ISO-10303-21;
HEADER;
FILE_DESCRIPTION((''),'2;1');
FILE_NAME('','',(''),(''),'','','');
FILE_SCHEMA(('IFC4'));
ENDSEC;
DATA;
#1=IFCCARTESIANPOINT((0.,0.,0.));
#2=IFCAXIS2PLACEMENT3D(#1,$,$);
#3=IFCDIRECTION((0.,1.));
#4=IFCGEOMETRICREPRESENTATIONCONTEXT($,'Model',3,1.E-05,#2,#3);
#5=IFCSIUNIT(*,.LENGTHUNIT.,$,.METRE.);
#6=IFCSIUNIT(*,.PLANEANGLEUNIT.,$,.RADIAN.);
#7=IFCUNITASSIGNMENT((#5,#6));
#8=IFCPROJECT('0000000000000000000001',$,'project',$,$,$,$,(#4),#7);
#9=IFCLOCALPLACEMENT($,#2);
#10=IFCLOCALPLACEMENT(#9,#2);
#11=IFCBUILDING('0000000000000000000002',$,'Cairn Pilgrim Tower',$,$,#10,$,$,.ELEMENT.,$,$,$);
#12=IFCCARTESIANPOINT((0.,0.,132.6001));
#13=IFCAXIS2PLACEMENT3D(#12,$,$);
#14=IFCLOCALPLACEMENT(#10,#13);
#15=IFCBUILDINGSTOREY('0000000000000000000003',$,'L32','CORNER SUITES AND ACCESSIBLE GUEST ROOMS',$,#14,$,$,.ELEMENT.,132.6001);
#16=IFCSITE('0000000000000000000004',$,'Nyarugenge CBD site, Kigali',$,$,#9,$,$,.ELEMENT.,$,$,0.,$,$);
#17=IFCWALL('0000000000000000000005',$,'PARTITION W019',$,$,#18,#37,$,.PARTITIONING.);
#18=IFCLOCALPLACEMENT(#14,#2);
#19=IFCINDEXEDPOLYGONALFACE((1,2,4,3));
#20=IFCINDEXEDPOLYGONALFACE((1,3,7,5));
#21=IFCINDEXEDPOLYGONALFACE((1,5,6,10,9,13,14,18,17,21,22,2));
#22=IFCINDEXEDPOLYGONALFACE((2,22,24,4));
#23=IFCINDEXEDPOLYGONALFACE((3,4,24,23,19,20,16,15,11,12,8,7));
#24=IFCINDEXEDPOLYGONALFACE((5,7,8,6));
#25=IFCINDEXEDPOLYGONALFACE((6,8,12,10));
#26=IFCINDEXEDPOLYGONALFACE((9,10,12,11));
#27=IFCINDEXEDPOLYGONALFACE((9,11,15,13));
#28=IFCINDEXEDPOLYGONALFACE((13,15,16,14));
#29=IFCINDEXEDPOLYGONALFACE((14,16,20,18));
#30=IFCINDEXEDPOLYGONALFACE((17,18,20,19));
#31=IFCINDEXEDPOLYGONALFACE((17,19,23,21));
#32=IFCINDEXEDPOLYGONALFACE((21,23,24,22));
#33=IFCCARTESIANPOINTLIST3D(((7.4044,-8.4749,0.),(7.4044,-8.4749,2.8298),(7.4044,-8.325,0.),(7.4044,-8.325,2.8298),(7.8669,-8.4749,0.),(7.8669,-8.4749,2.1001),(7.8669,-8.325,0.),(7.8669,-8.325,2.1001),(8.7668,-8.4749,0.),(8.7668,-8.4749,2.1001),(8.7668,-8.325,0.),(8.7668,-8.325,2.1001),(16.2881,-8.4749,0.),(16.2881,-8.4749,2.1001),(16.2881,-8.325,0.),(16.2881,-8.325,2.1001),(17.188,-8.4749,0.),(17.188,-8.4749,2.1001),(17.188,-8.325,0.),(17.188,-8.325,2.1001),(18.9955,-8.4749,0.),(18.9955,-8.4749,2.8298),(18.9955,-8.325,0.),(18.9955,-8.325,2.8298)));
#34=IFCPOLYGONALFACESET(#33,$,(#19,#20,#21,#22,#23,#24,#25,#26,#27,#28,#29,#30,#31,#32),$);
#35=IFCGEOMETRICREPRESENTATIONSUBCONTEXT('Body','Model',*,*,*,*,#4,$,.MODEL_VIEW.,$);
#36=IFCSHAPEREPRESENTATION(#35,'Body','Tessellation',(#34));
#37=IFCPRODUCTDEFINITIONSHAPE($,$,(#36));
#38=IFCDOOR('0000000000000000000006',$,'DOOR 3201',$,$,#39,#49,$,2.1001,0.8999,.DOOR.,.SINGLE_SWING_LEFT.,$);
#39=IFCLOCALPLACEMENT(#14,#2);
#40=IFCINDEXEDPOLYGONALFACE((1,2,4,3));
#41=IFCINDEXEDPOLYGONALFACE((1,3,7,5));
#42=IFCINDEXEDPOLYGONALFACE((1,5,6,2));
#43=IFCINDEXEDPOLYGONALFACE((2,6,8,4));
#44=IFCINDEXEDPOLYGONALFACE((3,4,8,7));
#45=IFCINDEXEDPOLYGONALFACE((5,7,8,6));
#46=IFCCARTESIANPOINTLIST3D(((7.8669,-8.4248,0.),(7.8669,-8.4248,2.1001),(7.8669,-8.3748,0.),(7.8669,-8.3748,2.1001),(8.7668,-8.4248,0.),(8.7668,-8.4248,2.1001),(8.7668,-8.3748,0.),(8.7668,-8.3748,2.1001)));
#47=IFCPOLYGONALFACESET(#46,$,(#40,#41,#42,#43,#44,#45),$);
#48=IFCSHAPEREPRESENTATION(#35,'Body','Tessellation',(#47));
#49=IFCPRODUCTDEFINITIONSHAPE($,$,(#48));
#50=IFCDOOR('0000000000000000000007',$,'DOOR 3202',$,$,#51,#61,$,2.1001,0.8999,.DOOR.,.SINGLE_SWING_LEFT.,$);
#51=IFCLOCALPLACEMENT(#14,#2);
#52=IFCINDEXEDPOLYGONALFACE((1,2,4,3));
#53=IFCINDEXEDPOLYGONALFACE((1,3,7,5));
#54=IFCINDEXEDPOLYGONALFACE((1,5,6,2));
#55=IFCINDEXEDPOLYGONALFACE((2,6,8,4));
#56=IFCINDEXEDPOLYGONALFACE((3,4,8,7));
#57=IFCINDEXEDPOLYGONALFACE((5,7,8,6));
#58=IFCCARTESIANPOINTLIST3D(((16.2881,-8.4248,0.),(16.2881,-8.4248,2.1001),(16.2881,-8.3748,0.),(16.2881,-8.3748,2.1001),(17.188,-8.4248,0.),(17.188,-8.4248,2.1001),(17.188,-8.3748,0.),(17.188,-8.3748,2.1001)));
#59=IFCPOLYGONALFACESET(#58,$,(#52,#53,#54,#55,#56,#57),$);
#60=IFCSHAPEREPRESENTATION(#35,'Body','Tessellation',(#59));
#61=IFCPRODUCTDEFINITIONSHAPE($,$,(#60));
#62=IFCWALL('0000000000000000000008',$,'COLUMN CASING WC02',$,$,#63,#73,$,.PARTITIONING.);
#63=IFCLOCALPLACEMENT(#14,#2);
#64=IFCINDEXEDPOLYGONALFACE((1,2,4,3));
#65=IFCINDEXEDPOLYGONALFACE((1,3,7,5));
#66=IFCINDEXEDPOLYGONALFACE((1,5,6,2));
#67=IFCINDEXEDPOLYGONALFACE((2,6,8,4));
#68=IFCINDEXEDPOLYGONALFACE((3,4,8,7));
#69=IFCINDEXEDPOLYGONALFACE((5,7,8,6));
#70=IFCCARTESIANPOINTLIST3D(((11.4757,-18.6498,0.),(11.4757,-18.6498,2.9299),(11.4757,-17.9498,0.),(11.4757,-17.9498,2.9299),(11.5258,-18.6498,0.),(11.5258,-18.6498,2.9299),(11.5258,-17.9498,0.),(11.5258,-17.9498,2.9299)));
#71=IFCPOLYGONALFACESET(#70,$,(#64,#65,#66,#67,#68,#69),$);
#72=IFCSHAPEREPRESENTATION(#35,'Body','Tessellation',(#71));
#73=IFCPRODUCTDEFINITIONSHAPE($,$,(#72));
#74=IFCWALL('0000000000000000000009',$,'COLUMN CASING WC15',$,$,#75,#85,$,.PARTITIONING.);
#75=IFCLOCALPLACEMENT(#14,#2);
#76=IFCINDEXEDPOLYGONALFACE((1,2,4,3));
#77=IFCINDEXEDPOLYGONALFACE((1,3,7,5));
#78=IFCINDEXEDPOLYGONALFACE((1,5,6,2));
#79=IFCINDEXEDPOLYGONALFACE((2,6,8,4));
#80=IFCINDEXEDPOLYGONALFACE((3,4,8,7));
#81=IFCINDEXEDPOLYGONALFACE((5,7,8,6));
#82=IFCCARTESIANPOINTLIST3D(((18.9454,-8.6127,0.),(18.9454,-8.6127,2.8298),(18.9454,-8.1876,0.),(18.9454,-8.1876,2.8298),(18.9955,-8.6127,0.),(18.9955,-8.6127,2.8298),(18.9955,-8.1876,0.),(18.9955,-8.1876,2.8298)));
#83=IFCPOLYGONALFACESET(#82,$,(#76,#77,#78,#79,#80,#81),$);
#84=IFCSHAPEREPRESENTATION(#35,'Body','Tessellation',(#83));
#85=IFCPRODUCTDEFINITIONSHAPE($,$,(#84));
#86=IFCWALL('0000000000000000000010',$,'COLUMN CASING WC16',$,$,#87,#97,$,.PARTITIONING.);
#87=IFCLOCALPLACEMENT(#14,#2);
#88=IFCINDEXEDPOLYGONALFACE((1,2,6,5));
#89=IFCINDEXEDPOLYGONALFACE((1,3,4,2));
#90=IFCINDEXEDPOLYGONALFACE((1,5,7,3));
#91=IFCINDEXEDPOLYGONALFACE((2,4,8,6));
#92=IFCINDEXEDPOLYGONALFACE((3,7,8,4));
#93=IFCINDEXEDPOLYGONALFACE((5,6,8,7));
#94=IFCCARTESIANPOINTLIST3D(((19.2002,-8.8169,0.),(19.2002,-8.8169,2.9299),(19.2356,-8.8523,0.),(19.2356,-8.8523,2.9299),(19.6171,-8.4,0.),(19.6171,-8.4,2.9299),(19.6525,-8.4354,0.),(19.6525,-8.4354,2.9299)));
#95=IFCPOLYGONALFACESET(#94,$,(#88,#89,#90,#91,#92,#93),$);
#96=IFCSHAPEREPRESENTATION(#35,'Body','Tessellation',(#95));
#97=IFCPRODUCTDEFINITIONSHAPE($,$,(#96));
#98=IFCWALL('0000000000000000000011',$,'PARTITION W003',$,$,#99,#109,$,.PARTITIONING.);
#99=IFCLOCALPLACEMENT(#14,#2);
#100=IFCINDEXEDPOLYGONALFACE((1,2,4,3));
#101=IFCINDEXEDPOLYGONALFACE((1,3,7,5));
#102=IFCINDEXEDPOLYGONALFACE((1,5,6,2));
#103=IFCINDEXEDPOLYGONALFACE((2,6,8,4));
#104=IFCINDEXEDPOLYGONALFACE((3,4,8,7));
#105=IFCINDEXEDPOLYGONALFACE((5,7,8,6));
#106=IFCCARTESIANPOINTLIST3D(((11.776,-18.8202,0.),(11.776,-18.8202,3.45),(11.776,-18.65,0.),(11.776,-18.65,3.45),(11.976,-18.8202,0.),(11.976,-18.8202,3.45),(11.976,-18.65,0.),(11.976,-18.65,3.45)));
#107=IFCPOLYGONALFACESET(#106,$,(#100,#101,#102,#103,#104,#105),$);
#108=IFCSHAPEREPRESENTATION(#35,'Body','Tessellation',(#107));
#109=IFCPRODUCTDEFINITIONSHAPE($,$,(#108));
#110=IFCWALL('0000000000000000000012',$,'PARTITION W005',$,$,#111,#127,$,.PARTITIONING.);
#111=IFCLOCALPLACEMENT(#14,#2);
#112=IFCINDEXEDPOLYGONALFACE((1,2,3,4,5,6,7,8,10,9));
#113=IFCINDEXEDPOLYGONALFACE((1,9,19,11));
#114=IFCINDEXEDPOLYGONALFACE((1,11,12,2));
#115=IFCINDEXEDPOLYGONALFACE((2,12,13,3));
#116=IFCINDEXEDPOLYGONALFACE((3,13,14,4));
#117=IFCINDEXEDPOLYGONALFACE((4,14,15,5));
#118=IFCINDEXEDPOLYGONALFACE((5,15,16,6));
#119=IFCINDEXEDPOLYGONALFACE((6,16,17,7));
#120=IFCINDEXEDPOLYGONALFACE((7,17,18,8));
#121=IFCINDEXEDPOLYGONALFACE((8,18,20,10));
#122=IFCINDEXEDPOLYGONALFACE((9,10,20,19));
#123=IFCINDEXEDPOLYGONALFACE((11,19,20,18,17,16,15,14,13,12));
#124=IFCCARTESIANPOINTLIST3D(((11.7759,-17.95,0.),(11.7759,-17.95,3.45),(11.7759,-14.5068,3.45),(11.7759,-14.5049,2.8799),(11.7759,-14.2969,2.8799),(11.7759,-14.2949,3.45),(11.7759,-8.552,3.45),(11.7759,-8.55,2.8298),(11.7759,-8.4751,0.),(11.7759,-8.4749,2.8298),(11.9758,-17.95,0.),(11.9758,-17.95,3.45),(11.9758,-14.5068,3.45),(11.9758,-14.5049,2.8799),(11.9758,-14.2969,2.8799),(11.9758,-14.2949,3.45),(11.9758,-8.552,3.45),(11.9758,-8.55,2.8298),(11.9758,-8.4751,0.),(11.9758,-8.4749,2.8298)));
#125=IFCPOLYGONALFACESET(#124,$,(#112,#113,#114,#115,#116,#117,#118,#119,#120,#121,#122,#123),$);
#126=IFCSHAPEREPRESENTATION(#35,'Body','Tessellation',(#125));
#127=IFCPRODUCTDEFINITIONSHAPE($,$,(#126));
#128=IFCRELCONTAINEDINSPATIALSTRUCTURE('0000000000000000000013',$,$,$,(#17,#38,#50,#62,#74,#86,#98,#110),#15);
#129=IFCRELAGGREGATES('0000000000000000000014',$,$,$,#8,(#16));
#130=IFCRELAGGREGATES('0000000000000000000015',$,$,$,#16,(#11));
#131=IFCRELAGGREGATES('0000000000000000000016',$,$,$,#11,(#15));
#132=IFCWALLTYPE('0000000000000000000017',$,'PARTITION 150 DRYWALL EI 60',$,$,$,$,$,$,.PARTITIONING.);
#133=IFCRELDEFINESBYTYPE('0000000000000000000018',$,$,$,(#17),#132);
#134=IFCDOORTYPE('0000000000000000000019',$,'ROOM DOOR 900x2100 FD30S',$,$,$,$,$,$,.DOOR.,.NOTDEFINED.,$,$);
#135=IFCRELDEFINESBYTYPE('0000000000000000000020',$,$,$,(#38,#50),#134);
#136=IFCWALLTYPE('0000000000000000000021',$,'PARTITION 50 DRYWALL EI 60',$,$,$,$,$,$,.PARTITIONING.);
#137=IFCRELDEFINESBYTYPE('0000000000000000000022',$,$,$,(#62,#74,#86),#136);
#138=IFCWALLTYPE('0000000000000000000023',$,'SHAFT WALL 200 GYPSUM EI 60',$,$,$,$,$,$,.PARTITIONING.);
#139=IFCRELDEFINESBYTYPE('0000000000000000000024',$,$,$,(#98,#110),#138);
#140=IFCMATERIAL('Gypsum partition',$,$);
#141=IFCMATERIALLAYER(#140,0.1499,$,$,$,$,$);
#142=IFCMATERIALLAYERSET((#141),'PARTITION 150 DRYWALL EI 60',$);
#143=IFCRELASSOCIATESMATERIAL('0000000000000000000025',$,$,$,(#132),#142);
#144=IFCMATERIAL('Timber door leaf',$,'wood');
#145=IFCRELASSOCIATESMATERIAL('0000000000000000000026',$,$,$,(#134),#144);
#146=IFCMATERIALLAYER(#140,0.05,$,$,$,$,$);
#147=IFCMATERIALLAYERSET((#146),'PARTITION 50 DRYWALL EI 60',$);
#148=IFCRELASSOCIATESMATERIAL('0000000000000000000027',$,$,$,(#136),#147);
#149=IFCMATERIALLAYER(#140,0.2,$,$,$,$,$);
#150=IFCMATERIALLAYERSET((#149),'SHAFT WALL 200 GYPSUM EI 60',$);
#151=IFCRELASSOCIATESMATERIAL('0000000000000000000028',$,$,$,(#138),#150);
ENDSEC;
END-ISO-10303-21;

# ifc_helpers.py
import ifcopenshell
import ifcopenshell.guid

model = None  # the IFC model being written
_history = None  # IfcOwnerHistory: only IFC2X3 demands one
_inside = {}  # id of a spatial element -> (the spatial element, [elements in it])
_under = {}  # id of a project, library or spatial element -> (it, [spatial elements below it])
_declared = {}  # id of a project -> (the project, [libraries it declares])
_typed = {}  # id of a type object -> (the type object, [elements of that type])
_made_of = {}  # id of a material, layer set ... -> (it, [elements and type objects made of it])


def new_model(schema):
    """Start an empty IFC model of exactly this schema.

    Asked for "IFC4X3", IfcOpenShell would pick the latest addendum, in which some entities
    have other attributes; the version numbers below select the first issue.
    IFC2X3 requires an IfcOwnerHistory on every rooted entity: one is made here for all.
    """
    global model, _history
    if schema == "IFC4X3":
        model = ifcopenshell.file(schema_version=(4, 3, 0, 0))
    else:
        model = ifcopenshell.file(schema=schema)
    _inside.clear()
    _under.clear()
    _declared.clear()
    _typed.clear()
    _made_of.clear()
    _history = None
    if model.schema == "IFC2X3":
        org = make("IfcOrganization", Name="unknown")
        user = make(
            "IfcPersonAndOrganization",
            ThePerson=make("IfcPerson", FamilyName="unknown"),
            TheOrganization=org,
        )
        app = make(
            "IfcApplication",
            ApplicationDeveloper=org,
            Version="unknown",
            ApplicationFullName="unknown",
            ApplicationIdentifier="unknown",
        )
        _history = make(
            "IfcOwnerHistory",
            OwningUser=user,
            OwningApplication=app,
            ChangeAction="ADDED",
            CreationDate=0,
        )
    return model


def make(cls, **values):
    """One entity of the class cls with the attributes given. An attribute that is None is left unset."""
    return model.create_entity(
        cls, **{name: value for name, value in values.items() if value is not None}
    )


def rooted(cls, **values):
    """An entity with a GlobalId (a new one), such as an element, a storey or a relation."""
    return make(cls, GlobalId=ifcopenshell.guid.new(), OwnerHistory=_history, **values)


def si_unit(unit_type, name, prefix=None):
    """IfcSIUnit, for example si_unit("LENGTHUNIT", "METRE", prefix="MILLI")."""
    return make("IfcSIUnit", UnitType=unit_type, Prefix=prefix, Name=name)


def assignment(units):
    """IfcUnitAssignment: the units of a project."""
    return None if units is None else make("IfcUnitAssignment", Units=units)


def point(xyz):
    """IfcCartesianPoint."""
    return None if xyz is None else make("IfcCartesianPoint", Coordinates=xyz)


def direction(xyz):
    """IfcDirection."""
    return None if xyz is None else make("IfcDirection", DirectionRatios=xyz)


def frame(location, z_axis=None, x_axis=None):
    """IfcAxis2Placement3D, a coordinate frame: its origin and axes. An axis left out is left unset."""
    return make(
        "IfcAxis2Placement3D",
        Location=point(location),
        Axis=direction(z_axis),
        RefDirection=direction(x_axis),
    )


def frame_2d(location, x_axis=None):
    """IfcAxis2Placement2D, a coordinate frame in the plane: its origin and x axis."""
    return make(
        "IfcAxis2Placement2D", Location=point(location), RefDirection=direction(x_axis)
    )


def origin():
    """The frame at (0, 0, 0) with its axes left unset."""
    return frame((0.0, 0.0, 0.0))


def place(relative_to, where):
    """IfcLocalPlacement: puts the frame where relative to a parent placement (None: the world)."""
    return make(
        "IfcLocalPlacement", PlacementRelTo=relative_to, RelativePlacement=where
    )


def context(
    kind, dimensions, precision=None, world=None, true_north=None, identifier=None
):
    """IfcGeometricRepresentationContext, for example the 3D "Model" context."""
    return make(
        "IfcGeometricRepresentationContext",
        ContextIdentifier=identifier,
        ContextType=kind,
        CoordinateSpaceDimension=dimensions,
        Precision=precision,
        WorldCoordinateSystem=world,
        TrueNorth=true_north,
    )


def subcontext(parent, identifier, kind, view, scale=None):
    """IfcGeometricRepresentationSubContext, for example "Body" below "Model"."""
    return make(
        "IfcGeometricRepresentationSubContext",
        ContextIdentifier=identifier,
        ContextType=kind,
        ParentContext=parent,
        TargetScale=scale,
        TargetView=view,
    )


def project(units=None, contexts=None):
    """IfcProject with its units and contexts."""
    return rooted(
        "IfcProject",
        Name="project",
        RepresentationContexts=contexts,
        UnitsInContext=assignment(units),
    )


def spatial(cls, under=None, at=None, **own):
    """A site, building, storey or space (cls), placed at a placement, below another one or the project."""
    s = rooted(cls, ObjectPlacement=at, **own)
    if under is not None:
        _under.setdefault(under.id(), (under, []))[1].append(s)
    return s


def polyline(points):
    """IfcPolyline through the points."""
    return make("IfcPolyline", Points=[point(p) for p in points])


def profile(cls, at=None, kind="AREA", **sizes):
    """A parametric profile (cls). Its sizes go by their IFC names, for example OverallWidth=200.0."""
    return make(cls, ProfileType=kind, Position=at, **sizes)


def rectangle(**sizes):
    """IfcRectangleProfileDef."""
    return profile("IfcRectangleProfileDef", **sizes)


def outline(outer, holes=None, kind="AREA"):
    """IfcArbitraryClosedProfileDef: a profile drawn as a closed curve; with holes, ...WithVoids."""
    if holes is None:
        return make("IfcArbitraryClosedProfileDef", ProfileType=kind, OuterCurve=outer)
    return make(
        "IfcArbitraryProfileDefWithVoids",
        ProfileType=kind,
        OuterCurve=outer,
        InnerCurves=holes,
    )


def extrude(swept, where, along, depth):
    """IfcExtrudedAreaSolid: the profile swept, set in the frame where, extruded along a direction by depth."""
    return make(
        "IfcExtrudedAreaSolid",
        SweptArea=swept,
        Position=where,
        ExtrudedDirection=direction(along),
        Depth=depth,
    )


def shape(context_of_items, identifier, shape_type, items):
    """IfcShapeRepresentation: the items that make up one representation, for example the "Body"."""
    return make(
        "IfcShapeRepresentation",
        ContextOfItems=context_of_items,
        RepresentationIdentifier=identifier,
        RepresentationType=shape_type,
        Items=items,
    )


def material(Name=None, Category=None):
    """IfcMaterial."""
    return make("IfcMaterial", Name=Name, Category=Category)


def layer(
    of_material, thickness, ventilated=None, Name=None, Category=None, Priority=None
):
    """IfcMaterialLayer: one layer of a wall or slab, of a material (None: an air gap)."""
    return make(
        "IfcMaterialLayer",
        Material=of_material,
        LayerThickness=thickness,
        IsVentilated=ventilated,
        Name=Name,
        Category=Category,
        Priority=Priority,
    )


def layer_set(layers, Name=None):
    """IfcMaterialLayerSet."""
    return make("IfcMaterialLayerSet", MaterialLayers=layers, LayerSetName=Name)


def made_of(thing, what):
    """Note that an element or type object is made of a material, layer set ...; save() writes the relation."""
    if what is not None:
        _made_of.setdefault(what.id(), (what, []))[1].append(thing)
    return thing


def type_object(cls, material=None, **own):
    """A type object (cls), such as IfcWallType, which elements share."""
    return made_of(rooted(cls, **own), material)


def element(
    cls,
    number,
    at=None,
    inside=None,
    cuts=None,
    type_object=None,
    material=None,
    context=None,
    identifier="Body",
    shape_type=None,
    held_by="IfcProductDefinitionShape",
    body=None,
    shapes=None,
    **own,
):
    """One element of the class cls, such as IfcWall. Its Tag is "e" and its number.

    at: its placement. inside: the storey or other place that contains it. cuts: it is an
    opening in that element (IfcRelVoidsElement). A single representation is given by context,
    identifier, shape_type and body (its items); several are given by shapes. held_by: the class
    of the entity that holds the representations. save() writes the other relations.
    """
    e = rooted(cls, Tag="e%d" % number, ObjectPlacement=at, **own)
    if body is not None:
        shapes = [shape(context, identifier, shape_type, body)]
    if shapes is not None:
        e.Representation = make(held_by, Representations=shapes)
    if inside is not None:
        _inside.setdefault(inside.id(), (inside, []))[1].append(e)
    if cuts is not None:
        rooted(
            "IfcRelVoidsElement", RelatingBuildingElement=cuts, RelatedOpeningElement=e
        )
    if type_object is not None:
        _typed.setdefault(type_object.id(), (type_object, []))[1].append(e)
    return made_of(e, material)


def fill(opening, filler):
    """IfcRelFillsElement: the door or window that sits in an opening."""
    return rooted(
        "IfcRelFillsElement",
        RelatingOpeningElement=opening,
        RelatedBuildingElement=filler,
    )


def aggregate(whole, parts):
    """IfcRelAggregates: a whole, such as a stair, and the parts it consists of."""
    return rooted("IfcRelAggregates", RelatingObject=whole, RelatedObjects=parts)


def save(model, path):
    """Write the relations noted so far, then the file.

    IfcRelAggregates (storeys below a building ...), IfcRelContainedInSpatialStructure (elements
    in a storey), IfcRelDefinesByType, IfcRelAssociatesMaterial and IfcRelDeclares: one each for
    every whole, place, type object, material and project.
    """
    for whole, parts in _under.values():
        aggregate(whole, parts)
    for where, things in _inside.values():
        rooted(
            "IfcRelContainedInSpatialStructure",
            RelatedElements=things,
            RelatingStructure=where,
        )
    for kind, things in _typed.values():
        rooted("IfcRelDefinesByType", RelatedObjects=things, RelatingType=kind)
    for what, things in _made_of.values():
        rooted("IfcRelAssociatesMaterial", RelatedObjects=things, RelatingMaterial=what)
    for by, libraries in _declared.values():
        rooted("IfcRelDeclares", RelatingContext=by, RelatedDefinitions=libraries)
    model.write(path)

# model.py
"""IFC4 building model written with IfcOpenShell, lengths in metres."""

from ifc_helpers import new_model, si_unit, direction, frame, frame_2d, origin, place, context, subcontext, project, spatial, polyline, rectangle, outline, extrude, material, layer, layer_set, type_object, element, fill, save


model = new_model("IFC4")

# Units and contexts
model_context = context("Model", 3, precision=1e-05, world=origin(), true_north=direction((0.0, 1.0)))
body_context = subcontext(model_context, "Body", "Model", "MODEL_VIEW")
ifc_project = project(units=[si_unit("LENGTHUNIT", "METRE"), si_unit("PLANEANGLEUNIT", "RADIAN")], contexts=[model_context])

# Site, building, storey
site_placement = place(None, origin())
site = spatial("IfcSite", under=ifc_project, at=site_placement, Name="Nyarugenge CBD site, Kigali", CompositionType="ELEMENT", RefElevation=0.0)
building_placement = place(site_placement, origin())
building = spatial("IfcBuilding", under=site, at=building_placement, Name="Cairn Pilgrim Tower", CompositionType="ELEMENT")
storey_placement = place(building_placement, frame((0.0, 0.0, 132.6001)))
storey = spatial("IfcBuildingStorey", under=building, at=storey_placement, Name="L32", Description="CORNER SUITES AND ACCESSIBLE GUEST ROOMS", CompositionType="ELEMENT", Elevation=132.6001)

# Shared definitions
ifc_material_1 = material(Name="Gypsum partition")

# Shared definitions
ifc_material_2 = material(Name="Timber door leaf", Category="wood")

# Wall, openings, doors
ifc_layer_1 = layer(ifc_material_1, 0.1499)
ifc_layer_set_1 = layer_set([ifc_layer_1], Name="PARTITION 150 DRYWALL EI 60")
wall_type_1 = type_object("IfcWallType", Name="PARTITION 150 DRYWALL EI 60", PredefinedType="PARTITIONING", material=ifc_layer_set_1)
wall_1_placement = place(storey_placement, frame((7.4045, -8.3999, 0.0), z_axis=(0.0, 0.0, 1.0), x_axis=(1.0, 0.0, 0.0)))
wall_1 = element("IfcWall", 1, at=wall_1_placement, inside=storey, type_object=wall_type_1, Name="PARTITION W019", PredefinedType="PARTITIONING", context=body_context, shape_type="SweptSolid", body=[
    extrude(rectangle(XDim=11.5911, YDim=0.1499, at=frame_2d((5.7954, 0.0))), origin(), (0.0, 0.0, 1.0), 2.8298),
])
opening_1_placement = place(wall_1_placement, frame((0.4624, 0.0, 0.0)))
opening_1 = element("IfcOpeningElement", 2, at=opening_1_placement, cuts=wall_1, PredefinedType="OPENING", context=body_context, shape_type="SweptSolid", body=[
    extrude(rectangle(XDim=0.8999, YDim=2.1001, at=frame_2d((0.45, 1.05))), frame((0.0, 0.085, 0.0), z_axis=(0.0, -1.0, 0.0), x_axis=(1.0, 0.0, 0.0)), (0.0, 0.0, 1.0), 0.1699),
])
opening_2_placement = place(wall_1_placement, frame((8.8835, 0.0, 0.0)))
opening_2 = element("IfcOpeningElement", 3, at=opening_2_placement, cuts=wall_1, PredefinedType="OPENING", context=body_context, shape_type="SweptSolid", body=[
    extrude(rectangle(XDim=0.8999, YDim=2.1001, at=frame_2d((0.45, 1.05))), frame((0.0, 0.085, 0.0), z_axis=(0.0, -1.0, 0.0), x_axis=(1.0, 0.0, 0.0)), (0.0, 0.0, 1.0), 0.1699),
])
door_type_1 = type_object("IfcDoorType", Name="ROOM DOOR 900x2100 FD30S", OperationType="NOTDEFINED", PredefinedType="DOOR", material=ifc_material_2)
door_1_placement = place(opening_1_placement, frame((0.8999, 0.0, 0.0), z_axis=(0.0, 0.0, 1.0), x_axis=(-1.0, 0.0, 0.0)))
door_1 = element("IfcDoor", 4, at=door_1_placement, inside=storey, type_object=door_type_1, Name="DOOR 3201", OperationType="SINGLE_SWING_LEFT", OverallHeight=2.1001, OverallWidth=0.8999, PredefinedType="DOOR", context=body_context, shape_type="SweptSolid", body=[
    extrude(rectangle(XDim=0.8999, YDim=2.1001, at=frame_2d((0.45, 1.05))), frame((0.0, 0.0249, 0.0), z_axis=(0.0, -1.0, 0.0), x_axis=(1.0, 0.0, 0.0)), (0.0, 0.0, 1.0), 0.05),
])
fill(opening_1, door_1)
door_2_placement = place(opening_2_placement, frame((0.8999, 0.0, 0.0), z_axis=(0.0, 0.0, 1.0), x_axis=(-1.0, 0.0, 0.0)))
door_2 = element("IfcDoor", 5, at=door_2_placement, inside=storey, type_object=door_type_1, Name="DOOR 3202", OperationType="SINGLE_SWING_LEFT", OverallHeight=2.1001, OverallWidth=0.8999, PredefinedType="DOOR", context=body_context, shape_type="SweptSolid", body=[
    extrude(rectangle(XDim=0.8999, YDim=2.1001, at=frame_2d((0.45, 1.05))), frame((0.0, 0.0249, 0.0), z_axis=(0.0, -1.0, 0.0), x_axis=(1.0, 0.0, 0.0)), (0.0, 0.0, 1.0), 0.05),
])
fill(opening_2, door_2)

# Walls
ifc_layer_2 = layer(ifc_material_1, 0.05)
ifc_layer_set_2 = layer_set([ifc_layer_2], Name="PARTITION 50 DRYWALL EI 60")
wall_type_2 = type_object("IfcWallType", Name="PARTITION 50 DRYWALL EI 60", PredefinedType="PARTITIONING", material=ifc_layer_set_2)
wall_2_placement = place(storey_placement, frame((11.5007, -18.6499, 0.0), z_axis=(0.0, 0.0, 1.0), x_axis=(0.0, 1.0, 0.0)))
element("IfcWall", 6, at=wall_2_placement, inside=storey, type_object=wall_type_2, Name="COLUMN CASING WC02", PredefinedType="PARTITIONING", context=body_context, shape_type="SweptSolid", body=[
    extrude(rectangle(XDim=0.7, YDim=0.05, at=frame_2d((0.3501, 0.0))), origin(), (0.0, 0.0, 1.0), 2.9299),
])
wall_3_placement = place(storey_placement, frame((18.9705, -8.6125, 0.0), z_axis=(0.0, 0.0, 1.0), x_axis=(0.0, 1.0, 0.0)))
element("IfcWall", 7, at=wall_3_placement, inside=storey, type_object=wall_type_2, Name="COLUMN CASING WC15", PredefinedType="PARTITIONING", context=body_context, shape_type="SweptSolid", body=[
    extrude(rectangle(XDim=0.425, YDim=0.05, at=frame_2d((0.2124, 0.0))), origin(), (0.0, 0.0, 1.0), 2.8298),
])
wall_4_placement = place(storey_placement, frame((19.2178, -8.8347, 0.0), z_axis=(0.0, 0.0, 1.0), x_axis=(0.707107, 0.707107, 0.0)))
element("IfcWall", 8, at=wall_4_placement, inside=storey, type_object=wall_type_2, Name="COLUMN CASING WC16", PredefinedType="PARTITIONING", context=body_context, shape_type="SweptSolid", body=[
    extrude(rectangle(XDim=0.5896, YDim=0.05, at=frame_2d((0.2949, 0.0))), origin(), (0.0, 0.0, 1.0), 2.9299),
])
ifc_layer_3 = layer(ifc_material_1, 0.2)
ifc_layer_set_3 = layer_set([ifc_layer_3], Name="SHAFT WALL 200 GYPSUM EI 60")
wall_type_3 = type_object("IfcWallType", Name="SHAFT WALL 200 GYPSUM EI 60", PredefinedType="PARTITIONING", material=ifc_layer_set_3)
wall_5_placement = place(storey_placement, frame((11.876, -18.8201, 0.0), z_axis=(0.0, 0.0, 1.0), x_axis=(0.0, 1.0, 0.0)))
element("IfcWall", 9, at=wall_5_placement, inside=storey, type_object=wall_type_3, Name="PARTITION W003", PredefinedType="PARTITIONING", context=body_context, shape_type="SweptSolid", body=[
    extrude(rectangle(XDim=0.1702, YDim=0.2, at=frame_2d((0.085, 0.0))), origin(), (0.0, 0.0, 1.0), 3.45),
])
wall_6_placement = place(storey_placement, frame((11.876, -17.95, 0.0), z_axis=(0.0, 0.0, 1.0), x_axis=(0.0, 1.0, 0.0)))
element("IfcWall", 10, at=wall_6_placement, inside=storey, type_object=wall_type_3, Name="PARTITION W005", PredefinedType="PARTITIONING", context=body_context, shape_type="SweptSolid", body=[
    extrude(outline(polyline([(0.0, 0.0), (9.4749, 0.0), (9.4751, 2.8298), (9.3999, 2.8298), (9.3979, 3.45), (3.655, 3.45), (3.6531, 2.8799), (3.4451, 2.8799), (3.4431, 3.45), (0.0, 3.45), (0.0, 0.0)])), frame((0.0, 0.1001, 0.0), z_axis=(0.0, -1.0, 0.0), x_axis=(1.0, 0.0, 0.0)), (0.0, 0.0, 1.0), 0.2),
])

save(model, "model.ifc")
